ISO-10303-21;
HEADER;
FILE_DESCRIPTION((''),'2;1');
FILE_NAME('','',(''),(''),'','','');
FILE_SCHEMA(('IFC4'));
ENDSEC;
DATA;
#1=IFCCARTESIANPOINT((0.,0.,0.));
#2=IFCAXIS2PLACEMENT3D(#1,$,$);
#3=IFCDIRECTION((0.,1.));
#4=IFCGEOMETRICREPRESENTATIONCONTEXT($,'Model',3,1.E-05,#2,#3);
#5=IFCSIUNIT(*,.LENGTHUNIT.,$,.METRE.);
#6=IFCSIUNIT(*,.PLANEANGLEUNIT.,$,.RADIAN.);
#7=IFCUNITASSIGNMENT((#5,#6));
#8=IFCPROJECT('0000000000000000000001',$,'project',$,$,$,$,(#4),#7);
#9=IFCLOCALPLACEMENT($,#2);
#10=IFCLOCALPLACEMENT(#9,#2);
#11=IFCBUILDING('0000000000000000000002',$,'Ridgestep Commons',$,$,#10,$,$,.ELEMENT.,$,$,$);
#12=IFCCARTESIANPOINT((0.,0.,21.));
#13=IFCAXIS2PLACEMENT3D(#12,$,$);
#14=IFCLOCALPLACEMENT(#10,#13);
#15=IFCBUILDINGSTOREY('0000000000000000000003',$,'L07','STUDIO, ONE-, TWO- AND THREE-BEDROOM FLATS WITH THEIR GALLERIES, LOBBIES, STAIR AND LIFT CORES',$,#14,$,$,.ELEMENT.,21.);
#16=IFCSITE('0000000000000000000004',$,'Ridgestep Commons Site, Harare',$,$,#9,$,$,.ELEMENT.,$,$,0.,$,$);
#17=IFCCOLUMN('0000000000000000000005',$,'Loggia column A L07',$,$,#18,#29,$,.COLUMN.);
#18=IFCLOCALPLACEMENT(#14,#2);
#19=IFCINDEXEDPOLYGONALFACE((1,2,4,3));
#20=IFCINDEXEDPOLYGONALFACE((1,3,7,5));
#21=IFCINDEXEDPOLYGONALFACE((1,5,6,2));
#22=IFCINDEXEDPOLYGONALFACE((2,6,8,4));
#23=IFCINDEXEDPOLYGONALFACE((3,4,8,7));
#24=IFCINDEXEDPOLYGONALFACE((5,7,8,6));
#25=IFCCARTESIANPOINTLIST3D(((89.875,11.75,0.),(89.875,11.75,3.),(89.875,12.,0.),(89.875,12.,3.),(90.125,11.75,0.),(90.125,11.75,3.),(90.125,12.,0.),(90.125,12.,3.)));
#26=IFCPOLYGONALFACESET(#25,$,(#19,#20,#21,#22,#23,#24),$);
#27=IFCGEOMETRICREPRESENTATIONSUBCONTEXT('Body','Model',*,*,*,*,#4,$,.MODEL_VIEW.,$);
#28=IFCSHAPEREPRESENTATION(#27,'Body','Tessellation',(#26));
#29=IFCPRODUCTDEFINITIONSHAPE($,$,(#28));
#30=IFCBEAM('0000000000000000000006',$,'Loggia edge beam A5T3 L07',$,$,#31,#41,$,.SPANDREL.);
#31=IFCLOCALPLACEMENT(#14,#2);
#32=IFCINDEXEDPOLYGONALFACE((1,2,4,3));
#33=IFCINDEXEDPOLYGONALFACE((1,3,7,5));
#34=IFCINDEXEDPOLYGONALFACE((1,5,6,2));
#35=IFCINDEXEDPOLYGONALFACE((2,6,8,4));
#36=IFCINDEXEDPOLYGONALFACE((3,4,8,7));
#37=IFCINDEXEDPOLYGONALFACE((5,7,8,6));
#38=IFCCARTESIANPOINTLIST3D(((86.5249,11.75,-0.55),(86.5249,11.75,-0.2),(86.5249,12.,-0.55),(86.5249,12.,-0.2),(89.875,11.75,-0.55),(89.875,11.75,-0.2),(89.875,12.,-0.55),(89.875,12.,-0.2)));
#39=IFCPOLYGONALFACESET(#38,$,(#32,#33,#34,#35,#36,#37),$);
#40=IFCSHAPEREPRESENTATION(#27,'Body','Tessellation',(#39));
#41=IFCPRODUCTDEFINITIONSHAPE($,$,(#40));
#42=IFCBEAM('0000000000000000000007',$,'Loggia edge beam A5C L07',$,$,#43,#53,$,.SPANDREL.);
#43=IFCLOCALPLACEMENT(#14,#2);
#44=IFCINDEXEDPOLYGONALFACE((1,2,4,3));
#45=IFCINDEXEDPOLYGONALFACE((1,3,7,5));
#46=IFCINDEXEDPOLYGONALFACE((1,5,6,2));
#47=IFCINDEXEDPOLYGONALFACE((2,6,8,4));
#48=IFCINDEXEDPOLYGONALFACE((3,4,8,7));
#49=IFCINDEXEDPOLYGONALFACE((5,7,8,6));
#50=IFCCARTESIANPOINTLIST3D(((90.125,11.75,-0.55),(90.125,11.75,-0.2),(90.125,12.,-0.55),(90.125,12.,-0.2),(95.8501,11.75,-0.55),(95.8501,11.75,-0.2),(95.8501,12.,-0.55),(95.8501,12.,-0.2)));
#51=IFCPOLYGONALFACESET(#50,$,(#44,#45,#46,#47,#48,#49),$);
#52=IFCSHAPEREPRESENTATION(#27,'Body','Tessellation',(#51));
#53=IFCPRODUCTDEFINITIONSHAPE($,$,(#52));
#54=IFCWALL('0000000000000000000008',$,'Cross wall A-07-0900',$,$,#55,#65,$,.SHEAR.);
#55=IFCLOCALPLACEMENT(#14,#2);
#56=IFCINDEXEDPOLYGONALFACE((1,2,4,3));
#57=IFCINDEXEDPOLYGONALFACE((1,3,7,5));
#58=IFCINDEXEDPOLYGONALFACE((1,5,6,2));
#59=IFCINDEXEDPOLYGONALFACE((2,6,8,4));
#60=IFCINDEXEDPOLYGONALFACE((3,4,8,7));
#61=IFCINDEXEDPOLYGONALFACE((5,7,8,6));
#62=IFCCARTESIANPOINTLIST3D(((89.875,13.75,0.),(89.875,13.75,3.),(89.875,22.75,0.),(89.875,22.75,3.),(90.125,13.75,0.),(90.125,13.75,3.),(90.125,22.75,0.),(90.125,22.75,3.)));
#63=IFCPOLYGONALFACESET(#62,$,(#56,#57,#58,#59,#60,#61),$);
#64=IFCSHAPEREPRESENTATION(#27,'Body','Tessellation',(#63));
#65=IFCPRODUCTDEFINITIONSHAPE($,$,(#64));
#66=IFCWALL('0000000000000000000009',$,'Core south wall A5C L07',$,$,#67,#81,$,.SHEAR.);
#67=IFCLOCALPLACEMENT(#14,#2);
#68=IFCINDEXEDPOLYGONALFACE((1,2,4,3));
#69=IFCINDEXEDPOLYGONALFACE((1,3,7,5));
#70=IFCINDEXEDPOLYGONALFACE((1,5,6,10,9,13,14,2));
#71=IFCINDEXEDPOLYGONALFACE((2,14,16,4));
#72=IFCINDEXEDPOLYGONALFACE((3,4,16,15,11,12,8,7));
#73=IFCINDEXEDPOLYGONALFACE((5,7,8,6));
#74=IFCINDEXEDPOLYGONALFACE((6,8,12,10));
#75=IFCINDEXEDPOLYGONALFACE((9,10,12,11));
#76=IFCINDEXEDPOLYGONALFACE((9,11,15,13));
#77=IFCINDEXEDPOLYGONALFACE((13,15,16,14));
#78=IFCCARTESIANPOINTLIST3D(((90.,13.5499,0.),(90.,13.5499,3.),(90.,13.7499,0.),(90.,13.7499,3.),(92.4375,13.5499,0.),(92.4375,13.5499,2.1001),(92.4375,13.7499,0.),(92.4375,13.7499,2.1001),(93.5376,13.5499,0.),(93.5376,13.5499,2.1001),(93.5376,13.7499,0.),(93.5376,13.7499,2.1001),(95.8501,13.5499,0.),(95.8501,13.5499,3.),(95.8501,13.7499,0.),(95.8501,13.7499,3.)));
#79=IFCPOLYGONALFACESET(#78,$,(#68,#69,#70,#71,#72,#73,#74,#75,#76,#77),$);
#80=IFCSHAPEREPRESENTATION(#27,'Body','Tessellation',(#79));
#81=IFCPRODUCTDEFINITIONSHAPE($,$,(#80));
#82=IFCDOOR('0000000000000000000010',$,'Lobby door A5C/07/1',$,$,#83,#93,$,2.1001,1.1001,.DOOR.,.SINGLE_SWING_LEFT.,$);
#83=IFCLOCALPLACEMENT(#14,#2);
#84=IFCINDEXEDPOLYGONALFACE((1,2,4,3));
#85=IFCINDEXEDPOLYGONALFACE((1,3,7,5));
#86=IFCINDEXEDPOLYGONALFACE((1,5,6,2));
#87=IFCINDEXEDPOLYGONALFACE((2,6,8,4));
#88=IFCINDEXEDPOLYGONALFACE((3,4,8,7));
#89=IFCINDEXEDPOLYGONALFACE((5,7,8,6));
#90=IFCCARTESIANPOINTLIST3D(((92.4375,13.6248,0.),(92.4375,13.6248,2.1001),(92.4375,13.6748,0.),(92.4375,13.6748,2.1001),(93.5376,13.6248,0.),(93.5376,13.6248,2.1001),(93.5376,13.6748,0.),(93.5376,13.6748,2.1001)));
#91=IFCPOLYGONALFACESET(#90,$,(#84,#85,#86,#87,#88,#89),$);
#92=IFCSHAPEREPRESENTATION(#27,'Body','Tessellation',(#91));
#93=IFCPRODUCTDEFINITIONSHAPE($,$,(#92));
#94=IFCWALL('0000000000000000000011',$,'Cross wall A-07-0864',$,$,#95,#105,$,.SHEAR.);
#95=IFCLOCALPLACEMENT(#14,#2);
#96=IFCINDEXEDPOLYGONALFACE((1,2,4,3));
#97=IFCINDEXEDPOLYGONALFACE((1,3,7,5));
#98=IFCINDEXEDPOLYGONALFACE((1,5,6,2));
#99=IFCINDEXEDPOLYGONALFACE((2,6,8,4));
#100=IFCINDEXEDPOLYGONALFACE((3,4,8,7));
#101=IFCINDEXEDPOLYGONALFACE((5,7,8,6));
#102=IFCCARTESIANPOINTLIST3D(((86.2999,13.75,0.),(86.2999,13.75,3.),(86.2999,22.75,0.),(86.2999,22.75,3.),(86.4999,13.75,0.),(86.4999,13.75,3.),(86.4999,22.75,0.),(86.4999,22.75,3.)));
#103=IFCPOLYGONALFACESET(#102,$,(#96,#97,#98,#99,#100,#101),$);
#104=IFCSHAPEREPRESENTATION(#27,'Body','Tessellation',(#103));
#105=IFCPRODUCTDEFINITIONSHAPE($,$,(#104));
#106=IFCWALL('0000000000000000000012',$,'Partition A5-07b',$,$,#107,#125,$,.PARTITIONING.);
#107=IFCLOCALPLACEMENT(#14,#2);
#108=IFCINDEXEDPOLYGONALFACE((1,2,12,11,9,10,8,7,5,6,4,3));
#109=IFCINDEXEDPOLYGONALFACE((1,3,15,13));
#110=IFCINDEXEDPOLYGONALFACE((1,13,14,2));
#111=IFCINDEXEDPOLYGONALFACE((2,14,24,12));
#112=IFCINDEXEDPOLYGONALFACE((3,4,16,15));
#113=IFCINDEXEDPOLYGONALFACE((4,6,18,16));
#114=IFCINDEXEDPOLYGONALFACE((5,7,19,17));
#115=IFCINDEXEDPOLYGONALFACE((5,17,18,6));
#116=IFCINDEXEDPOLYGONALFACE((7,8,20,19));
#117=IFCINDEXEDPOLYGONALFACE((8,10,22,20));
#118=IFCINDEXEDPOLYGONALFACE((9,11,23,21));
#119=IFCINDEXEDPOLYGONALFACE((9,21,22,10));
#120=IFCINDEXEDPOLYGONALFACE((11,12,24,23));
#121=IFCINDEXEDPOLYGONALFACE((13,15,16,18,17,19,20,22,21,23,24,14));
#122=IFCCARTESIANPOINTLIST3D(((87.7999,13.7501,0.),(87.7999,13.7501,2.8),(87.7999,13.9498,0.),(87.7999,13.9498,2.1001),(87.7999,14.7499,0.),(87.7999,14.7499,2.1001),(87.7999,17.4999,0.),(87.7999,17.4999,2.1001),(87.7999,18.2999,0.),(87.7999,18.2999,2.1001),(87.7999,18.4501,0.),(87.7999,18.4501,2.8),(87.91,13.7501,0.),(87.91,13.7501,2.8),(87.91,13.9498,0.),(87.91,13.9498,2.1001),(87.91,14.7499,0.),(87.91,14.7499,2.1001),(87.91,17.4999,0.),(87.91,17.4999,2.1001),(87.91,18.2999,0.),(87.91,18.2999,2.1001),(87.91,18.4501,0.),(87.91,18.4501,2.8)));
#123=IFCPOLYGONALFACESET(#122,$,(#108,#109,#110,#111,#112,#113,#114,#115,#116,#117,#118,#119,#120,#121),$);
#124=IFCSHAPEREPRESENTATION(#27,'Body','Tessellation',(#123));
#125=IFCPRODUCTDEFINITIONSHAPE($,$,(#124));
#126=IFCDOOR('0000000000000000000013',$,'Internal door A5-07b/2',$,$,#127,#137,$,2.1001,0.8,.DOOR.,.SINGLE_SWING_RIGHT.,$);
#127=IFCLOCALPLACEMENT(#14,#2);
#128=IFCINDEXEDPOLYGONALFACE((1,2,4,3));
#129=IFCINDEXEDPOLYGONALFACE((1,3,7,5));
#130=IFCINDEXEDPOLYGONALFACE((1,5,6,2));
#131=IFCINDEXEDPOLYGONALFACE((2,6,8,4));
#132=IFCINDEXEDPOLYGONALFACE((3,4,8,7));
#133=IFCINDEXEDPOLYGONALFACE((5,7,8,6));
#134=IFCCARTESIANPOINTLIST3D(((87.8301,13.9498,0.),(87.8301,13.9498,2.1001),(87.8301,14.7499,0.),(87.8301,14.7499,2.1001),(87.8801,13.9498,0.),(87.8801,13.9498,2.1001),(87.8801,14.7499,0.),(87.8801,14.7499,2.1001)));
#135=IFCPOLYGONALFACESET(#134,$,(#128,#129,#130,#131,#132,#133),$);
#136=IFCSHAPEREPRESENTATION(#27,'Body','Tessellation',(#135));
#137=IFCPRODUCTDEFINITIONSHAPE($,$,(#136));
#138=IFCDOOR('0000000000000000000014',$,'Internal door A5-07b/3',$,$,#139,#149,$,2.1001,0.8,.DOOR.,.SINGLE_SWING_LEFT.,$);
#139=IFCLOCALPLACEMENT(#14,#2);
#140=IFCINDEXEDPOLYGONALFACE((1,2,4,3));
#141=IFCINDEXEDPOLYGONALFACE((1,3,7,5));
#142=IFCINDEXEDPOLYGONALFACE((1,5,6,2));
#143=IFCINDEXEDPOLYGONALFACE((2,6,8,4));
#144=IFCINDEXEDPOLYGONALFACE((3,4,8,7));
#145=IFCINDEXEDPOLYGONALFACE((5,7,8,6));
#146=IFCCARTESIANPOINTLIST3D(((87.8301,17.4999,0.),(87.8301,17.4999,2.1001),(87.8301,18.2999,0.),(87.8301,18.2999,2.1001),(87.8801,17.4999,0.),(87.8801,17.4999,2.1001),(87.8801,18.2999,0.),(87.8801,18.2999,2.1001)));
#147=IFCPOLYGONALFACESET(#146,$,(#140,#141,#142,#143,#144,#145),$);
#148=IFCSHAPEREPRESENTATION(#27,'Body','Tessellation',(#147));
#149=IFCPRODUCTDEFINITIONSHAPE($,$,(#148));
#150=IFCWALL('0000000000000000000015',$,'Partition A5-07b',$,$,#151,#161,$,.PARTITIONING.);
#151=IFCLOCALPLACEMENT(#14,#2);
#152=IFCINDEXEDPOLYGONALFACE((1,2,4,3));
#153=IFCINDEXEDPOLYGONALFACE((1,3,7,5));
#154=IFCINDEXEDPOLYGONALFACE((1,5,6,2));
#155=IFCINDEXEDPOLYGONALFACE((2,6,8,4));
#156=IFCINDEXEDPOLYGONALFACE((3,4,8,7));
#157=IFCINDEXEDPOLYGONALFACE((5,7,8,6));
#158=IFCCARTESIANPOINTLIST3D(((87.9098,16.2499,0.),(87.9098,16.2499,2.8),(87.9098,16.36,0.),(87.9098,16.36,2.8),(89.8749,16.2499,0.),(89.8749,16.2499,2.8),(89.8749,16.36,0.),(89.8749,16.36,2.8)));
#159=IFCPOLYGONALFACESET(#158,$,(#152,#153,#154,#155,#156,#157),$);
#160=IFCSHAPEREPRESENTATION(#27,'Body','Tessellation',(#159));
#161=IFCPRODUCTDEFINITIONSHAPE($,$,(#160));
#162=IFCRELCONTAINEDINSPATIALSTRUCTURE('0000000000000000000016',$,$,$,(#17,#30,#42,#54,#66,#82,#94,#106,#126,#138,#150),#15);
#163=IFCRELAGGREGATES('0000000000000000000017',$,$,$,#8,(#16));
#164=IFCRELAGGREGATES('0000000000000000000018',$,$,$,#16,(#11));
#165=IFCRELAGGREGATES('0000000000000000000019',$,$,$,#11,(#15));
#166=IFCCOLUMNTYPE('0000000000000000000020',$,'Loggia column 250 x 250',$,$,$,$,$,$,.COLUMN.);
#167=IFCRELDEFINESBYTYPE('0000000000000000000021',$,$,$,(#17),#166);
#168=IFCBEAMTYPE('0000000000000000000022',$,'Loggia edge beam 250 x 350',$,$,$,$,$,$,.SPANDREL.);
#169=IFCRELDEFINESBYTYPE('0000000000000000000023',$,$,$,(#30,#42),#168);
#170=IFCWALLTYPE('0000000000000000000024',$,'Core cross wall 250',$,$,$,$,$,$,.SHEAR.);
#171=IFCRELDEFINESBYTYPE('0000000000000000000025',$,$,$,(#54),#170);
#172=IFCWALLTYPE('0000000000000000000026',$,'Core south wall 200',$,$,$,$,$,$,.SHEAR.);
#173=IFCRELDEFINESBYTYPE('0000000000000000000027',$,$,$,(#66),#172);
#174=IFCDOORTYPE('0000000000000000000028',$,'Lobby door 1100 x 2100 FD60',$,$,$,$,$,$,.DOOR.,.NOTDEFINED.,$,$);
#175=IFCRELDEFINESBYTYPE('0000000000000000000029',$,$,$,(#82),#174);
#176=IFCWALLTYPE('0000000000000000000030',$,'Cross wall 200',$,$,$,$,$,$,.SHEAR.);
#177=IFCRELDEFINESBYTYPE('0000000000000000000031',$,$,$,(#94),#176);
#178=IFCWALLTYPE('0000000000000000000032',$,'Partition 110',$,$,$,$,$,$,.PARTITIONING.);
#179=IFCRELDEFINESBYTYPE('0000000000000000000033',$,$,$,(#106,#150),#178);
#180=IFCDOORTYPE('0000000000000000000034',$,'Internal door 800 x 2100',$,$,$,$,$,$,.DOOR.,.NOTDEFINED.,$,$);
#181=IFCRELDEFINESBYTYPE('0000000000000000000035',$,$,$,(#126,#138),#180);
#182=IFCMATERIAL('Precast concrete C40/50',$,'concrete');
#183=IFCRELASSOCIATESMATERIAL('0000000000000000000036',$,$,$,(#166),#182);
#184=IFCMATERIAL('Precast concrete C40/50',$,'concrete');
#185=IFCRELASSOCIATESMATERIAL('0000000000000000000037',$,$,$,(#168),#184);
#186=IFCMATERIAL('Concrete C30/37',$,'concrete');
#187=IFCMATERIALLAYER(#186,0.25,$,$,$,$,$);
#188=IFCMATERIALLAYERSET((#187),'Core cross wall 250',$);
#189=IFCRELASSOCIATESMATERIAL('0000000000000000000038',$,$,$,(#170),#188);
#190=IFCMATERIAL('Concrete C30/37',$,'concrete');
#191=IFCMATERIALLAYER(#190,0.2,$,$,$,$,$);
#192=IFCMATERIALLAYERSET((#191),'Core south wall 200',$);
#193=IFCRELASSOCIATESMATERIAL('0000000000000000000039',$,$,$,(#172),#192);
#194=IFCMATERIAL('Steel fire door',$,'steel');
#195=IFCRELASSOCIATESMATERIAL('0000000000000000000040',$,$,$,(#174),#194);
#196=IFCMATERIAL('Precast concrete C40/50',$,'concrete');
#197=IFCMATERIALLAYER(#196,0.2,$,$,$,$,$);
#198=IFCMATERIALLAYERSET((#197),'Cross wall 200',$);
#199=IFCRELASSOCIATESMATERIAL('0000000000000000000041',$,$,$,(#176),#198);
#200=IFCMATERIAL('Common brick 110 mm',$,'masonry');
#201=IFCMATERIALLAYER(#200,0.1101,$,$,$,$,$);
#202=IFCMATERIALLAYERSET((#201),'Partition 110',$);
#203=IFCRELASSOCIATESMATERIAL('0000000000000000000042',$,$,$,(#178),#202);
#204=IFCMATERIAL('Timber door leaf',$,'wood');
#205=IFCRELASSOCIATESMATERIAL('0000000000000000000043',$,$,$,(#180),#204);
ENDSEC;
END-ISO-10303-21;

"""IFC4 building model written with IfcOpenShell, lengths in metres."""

from ifc_helpers import new_model, si_unit, direction, frame, frame_2d, origin, origin_2d, place, context, subcontext, project, spatial, rectangle, extrude, material, layer, layer_set, material_profile, profile_set, type_object, element, fill, save


model = new_model("IFC4")

# Units and contexts
model_context = context("Model", 3, precision=1e-05, world=origin(), true_north=direction((0.0, 1.0)))
body_context = subcontext(model_context, "Body", "Model", "MODEL_VIEW")
ifc_project = project(units=[si_unit("LENGTHUNIT", "METRE"), si_unit("PLANEANGLEUNIT", "RADIAN")], contexts=[model_context])

# Site, building, storey
site_placement = place(None, origin())
site = spatial("IfcSite", under=ifc_project, at=site_placement, Name="Ridgestep Commons Site, Harare", CompositionType="ELEMENT", RefElevation=0.0)
building_placement = place(site_placement, origin())
building = spatial("IfcBuilding", under=site, at=building_placement, Name="Ridgestep Commons", CompositionType="ELEMENT")
storey_placement = place(building_placement, frame((0.0, 0.0, 21.0)))
storey = spatial("IfcBuildingStorey", under=building, at=storey_placement, Name="L07", Description="STUDIO, ONE-, TWO- AND THREE-BEDROOM FLATS WITH THEIR GALLERIES, LOBBIES, STAIR AND LIFT CORES", CompositionType="ELEMENT", Elevation=21.0)

# Column
ifc_material_1 = material(Name="Precast concrete C40/50", Category="concrete")
ifc_material_profile_1 = material_profile(ifc_material_1, rectangle(XDim=0.25, YDim=0.25, at=origin_2d()), Name="PC 250x250")
ifc_profile_set_1 = profile_set([ifc_material_profile_1], Name="Precast concrete C40/50")
column_type = type_object("IfcColumnType", Name="Loggia column 250 x 250", PredefinedType="COLUMN", material=ifc_profile_set_1)
column_placement = place(storey_placement, frame((90.0, 11.875, 0.0), z_axis=(0.0, 0.0, 1.0), x_axis=(1.0, 0.0, 0.0)))
element("IfcColumn", 1, at=column_placement, inside=storey, type_object=column_type, Name="Loggia column A L07", PredefinedType="COLUMN", context=body_context, shape_type="SweptSolid", body=[
    extrude(rectangle(XDim=0.25, YDim=0.25, at=origin_2d()), origin(), (0.0, 0.0, 1.0), 3.0),
])

# Beams
ifc_material_2 = material(Name="Precast concrete C40/50", Category="concrete")
ifc_material_profile_2 = material_profile(ifc_material_2, rectangle(XDim=0.25, YDim=0.3501, at=origin_2d()), Name="PC 250x350")
ifc_profile_set_2 = profile_set([ifc_material_profile_2], Name="Precast concrete C40/50")
beam_type = type_object("IfcBeamType", Name="Loggia edge beam 250 x 350", PredefinedType="SPANDREL", material=ifc_profile_set_2)
beam_1_placement = place(storey_placement, frame((86.5249, 11.875, -0.375), z_axis=(1.0, 0.0, 0.0), x_axis=(0.0, 1.0, 0.0)))
element("IfcBeam", 2, at=beam_1_placement, inside=storey, type_object=beam_type, Name="Loggia edge beam A5T3 L07", PredefinedType="SPANDREL", context=body_context, shape_type="SweptSolid", body=[
    extrude(rectangle(XDim=0.25, YDim=0.3501, at=origin_2d()), origin(), (0.0, 0.0, 1.0), 3.3501),
])
beam_2_placement = place(storey_placement, frame((90.125, 11.875, -0.375), z_axis=(1.0, 0.0, 0.0), x_axis=(0.0, 1.0, 0.0)))
element("IfcBeam", 3, at=beam_2_placement, inside=storey, type_object=beam_type, Name="Loggia edge beam A5C L07", PredefinedType="SPANDREL", context=body_context, shape_type="SweptSolid", body=[
    extrude(rectangle(XDim=0.25, YDim=0.3501, at=origin_2d()), origin(), (0.0, 0.0, 1.0), 5.7251),
])

# Wall
ifc_material_3 = material(Name="Concrete C30/37", Category="concrete")
ifc_layer_1 = layer(ifc_material_3, 0.25)
ifc_layer_set_1 = layer_set([ifc_layer_1], Name="Core cross wall 250")
wall_type_1 = type_object("IfcWallType", Name="Core cross wall 250", PredefinedType="SHEAR", material=ifc_layer_set_1)
wall_1_placement = place(storey_placement, frame((90.0, 13.75, 0.0), z_axis=(0.0, 0.0, 1.0), x_axis=(0.0, 1.0, 0.0)))
element("IfcWall", 4, at=wall_1_placement, inside=storey, type_object=wall_type_1, Name="Cross wall A-07-0900", PredefinedType="SHEAR", context=body_context, shape_type="SweptSolid", body=[
    extrude(rectangle(XDim=9.0, YDim=0.25, at=frame_2d((4.5, 0.0))), origin(), (0.0, 0.0, 1.0), 3.0),
])

# Wall, opening, door
ifc_material_4 = material(Name="Concrete C30/37", Category="concrete")
ifc_layer_2 = layer(ifc_material_4, 0.2)
ifc_layer_set_2 = layer_set([ifc_layer_2], Name="Core south wall 200")
wall_type_2 = type_object("IfcWallType", Name="Core south wall 200", PredefinedType="SHEAR", material=ifc_layer_set_2)
wall_2_placement = place(storey_placement, frame((90.0, 13.6499, 0.0), z_axis=(0.0, 0.0, 1.0), x_axis=(1.0, 0.0, 0.0)))
wall_2 = element("IfcWall", 5, at=wall_2_placement, inside=storey, type_object=wall_type_2, Name="Core south wall A5C L07", PredefinedType="SHEAR", context=body_context, shape_type="SweptSolid", body=[
    extrude(rectangle(XDim=5.8501, YDim=0.2, at=frame_2d((2.925, 0.0))), origin(), (0.0, 0.0, 1.0), 3.0),
])
opening_1_placement = place(wall_2_placement, frame((2.4375, 0.0, 0.0)))
opening_1 = element("IfcOpeningElement", 6, at=opening_1_placement, cuts=wall_2, PredefinedType="OPENING", context=body_context, shape_type="SweptSolid", body=[
    extrude(rectangle(XDim=1.1001, YDim=2.1001, at=frame_2d((0.55, 1.05))), frame((0.0, 0.1099, 0.0), z_axis=(0.0, -1.0, 0.0), x_axis=(1.0, 0.0, 0.0)), (0.0, 0.0, 1.0), 0.22),
])
ifc_material_5 = material(Name="Steel fire door", Category="steel")
door_type_1 = type_object("IfcDoorType", Name="Lobby door 1100 x 2100 FD60", OperationType="NOTDEFINED", PredefinedType="DOOR", material=ifc_material_5)
door_1_placement = place(opening_1_placement, origin())
door_1 = element("IfcDoor", 7, at=door_1_placement, inside=storey, type_object=door_type_1, Name="Lobby door A5C/07/1", OperationType="SINGLE_SWING_LEFT", OverallHeight=2.1001, OverallWidth=1.1001, PredefinedType="DOOR", context=body_context, shape_type="SweptSolid", body=[
    extrude(rectangle(XDim=1.1001, YDim=2.1001, at=frame_2d((0.55, 1.05))), frame((0.0, 0.0249, 0.0), z_axis=(0.0, -1.0, 0.0), x_axis=(1.0, 0.0, 0.0)), (0.0, 0.0, 1.0), 0.05),
])
fill(opening_1, door_1)

# Wall
ifc_material_6 = material(Name="Precast concrete C40/50", Category="concrete")
ifc_layer_3 = layer(ifc_material_6, 0.2)
ifc_layer_set_3 = layer_set([ifc_layer_3], Name="Cross wall 200")
wall_type_3 = type_object("IfcWallType", Name="Cross wall 200", PredefinedType="SHEAR", material=ifc_layer_set_3)
wall_3_placement = place(storey_placement, frame((86.3999, 13.75, 0.0), z_axis=(0.0, 0.0, 1.0), x_axis=(0.0, 1.0, 0.0)))
element("IfcWall", 8, at=wall_3_placement, inside=storey, type_object=wall_type_3, Name="Cross wall A-07-0864", PredefinedType="SHEAR", context=body_context, shape_type="SweptSolid", body=[
    extrude(rectangle(XDim=9.0, YDim=0.2, at=frame_2d((4.5, 0.0))), origin(), (0.0, 0.0, 1.0), 3.0),
])

# Wall, openings, doors
ifc_material_7 = material(Name="Common brick 110 mm", Category="masonry")
ifc_layer_4 = layer(ifc_material_7, 0.1101)
ifc_layer_set_4 = layer_set([ifc_layer_4], Name="Partition 110")
wall_type_4 = type_object("IfcWallType", Name="Partition 110", PredefinedType="PARTITIONING", material=ifc_layer_set_4)
wall_4_placement = place(storey_placement, frame((87.855, 13.75, 0.0), z_axis=(0.0, 0.0, 1.0), x_axis=(0.0, 1.0, 0.0)))
wall_4 = element("IfcWall", 9, at=wall_4_placement, inside=storey, type_object=wall_type_4, Name="Partition A5-07b", PredefinedType="PARTITIONING", context=body_context, shape_type="SweptSolid", body=[
    extrude(rectangle(XDim=4.7, YDim=0.1101, at=frame_2d((2.3501, 0.0))), origin(), (0.0, 0.0, 1.0), 2.8),
])
opening_2_placement = place(wall_4_placement, frame((0.2, 0.0, 0.0)))
opening_2 = element("IfcOpeningElement", 10, at=opening_2_placement, cuts=wall_4, PredefinedType="OPENING", context=body_context, shape_type="SweptSolid", body=[
    extrude(rectangle(XDim=0.8, YDim=2.1001, at=frame_2d((0.3999, 1.05))), frame((0.0, 0.0649, 0.0), z_axis=(0.0, -1.0, 0.0), x_axis=(1.0, 0.0, 0.0)), (0.0, 0.0, 1.0), 0.1301),
])
opening_3_placement = place(wall_4_placement, frame((3.75, 0.0, 0.0)))
opening_3 = element("IfcOpeningElement", 11, at=opening_3_placement, cuts=wall_4, PredefinedType="OPENING", context=body_context, shape_type="SweptSolid", body=[
    extrude(rectangle(XDim=0.8, YDim=2.1001, at=frame_2d((0.3999, 1.05))), frame((0.0, 0.0649, 0.0), z_axis=(0.0, -1.0, 0.0), x_axis=(1.0, 0.0, 0.0)), (0.0, 0.0, 1.0), 0.1301),
])
ifc_material_8 = material(Name="Timber door leaf", Category="wood")
door_type_2 = type_object("IfcDoorType", Name="Internal door 800 x 2100", OperationType="NOTDEFINED", PredefinedType="DOOR", material=ifc_material_8)
door_2_placement = place(opening_2_placement, origin())
door_2 = element("IfcDoor", 12, at=door_2_placement, inside=storey, type_object=door_type_2, Name="Internal door A5-07b/2", OperationType="SINGLE_SWING_RIGHT", OverallHeight=2.1001, OverallWidth=0.8, PredefinedType="DOOR", context=body_context, shape_type="SweptSolid", body=[
    extrude(rectangle(XDim=0.8, YDim=2.1001, at=frame_2d((0.3999, 1.05))), frame((0.0, 0.0249, 0.0), z_axis=(0.0, -1.0, 0.0), x_axis=(1.0, 0.0, 0.0)), (0.0, 0.0, 1.0), 0.05),
])
fill(opening_2, door_2)
door_3_placement = place(opening_3_placement, origin())
door_3 = element("IfcDoor", 13, at=door_3_placement, inside=storey, type_object=door_type_2, Name="Internal door A5-07b/3", OperationType="SINGLE_SWING_LEFT", OverallHeight=2.1001, OverallWidth=0.8, PredefinedType="DOOR", context=body_context, shape_type="SweptSolid", body=[
    extrude(rectangle(XDim=0.8, YDim=2.1001, at=frame_2d((0.3999, 1.05))), frame((0.0, 0.0249, 0.0), z_axis=(0.0, -1.0, 0.0), x_axis=(1.0, 0.0, 0.0)), (0.0, 0.0, 1.0), 0.05),
])
fill(opening_3, door_3)

# Wall
wall_5_placement = place(storey_placement, frame((87.9099, 16.3049, 0.0), z_axis=(0.0, 0.0, 1.0), x_axis=(1.0, 0.0, 0.0)))
element("IfcWall", 14, at=wall_5_placement, inside=storey, type_object=wall_type_4, Name="Partition A5-07b", PredefinedType="PARTITIONING", context=body_context, shape_type="SweptSolid", body=[
    extrude(rectangle(XDim=1.9651, YDim=0.1101, at=frame_2d((0.9824, 0.0))), origin(), (0.0, 0.0, 1.0), 2.8),
])

save(model, "model.ifc")
